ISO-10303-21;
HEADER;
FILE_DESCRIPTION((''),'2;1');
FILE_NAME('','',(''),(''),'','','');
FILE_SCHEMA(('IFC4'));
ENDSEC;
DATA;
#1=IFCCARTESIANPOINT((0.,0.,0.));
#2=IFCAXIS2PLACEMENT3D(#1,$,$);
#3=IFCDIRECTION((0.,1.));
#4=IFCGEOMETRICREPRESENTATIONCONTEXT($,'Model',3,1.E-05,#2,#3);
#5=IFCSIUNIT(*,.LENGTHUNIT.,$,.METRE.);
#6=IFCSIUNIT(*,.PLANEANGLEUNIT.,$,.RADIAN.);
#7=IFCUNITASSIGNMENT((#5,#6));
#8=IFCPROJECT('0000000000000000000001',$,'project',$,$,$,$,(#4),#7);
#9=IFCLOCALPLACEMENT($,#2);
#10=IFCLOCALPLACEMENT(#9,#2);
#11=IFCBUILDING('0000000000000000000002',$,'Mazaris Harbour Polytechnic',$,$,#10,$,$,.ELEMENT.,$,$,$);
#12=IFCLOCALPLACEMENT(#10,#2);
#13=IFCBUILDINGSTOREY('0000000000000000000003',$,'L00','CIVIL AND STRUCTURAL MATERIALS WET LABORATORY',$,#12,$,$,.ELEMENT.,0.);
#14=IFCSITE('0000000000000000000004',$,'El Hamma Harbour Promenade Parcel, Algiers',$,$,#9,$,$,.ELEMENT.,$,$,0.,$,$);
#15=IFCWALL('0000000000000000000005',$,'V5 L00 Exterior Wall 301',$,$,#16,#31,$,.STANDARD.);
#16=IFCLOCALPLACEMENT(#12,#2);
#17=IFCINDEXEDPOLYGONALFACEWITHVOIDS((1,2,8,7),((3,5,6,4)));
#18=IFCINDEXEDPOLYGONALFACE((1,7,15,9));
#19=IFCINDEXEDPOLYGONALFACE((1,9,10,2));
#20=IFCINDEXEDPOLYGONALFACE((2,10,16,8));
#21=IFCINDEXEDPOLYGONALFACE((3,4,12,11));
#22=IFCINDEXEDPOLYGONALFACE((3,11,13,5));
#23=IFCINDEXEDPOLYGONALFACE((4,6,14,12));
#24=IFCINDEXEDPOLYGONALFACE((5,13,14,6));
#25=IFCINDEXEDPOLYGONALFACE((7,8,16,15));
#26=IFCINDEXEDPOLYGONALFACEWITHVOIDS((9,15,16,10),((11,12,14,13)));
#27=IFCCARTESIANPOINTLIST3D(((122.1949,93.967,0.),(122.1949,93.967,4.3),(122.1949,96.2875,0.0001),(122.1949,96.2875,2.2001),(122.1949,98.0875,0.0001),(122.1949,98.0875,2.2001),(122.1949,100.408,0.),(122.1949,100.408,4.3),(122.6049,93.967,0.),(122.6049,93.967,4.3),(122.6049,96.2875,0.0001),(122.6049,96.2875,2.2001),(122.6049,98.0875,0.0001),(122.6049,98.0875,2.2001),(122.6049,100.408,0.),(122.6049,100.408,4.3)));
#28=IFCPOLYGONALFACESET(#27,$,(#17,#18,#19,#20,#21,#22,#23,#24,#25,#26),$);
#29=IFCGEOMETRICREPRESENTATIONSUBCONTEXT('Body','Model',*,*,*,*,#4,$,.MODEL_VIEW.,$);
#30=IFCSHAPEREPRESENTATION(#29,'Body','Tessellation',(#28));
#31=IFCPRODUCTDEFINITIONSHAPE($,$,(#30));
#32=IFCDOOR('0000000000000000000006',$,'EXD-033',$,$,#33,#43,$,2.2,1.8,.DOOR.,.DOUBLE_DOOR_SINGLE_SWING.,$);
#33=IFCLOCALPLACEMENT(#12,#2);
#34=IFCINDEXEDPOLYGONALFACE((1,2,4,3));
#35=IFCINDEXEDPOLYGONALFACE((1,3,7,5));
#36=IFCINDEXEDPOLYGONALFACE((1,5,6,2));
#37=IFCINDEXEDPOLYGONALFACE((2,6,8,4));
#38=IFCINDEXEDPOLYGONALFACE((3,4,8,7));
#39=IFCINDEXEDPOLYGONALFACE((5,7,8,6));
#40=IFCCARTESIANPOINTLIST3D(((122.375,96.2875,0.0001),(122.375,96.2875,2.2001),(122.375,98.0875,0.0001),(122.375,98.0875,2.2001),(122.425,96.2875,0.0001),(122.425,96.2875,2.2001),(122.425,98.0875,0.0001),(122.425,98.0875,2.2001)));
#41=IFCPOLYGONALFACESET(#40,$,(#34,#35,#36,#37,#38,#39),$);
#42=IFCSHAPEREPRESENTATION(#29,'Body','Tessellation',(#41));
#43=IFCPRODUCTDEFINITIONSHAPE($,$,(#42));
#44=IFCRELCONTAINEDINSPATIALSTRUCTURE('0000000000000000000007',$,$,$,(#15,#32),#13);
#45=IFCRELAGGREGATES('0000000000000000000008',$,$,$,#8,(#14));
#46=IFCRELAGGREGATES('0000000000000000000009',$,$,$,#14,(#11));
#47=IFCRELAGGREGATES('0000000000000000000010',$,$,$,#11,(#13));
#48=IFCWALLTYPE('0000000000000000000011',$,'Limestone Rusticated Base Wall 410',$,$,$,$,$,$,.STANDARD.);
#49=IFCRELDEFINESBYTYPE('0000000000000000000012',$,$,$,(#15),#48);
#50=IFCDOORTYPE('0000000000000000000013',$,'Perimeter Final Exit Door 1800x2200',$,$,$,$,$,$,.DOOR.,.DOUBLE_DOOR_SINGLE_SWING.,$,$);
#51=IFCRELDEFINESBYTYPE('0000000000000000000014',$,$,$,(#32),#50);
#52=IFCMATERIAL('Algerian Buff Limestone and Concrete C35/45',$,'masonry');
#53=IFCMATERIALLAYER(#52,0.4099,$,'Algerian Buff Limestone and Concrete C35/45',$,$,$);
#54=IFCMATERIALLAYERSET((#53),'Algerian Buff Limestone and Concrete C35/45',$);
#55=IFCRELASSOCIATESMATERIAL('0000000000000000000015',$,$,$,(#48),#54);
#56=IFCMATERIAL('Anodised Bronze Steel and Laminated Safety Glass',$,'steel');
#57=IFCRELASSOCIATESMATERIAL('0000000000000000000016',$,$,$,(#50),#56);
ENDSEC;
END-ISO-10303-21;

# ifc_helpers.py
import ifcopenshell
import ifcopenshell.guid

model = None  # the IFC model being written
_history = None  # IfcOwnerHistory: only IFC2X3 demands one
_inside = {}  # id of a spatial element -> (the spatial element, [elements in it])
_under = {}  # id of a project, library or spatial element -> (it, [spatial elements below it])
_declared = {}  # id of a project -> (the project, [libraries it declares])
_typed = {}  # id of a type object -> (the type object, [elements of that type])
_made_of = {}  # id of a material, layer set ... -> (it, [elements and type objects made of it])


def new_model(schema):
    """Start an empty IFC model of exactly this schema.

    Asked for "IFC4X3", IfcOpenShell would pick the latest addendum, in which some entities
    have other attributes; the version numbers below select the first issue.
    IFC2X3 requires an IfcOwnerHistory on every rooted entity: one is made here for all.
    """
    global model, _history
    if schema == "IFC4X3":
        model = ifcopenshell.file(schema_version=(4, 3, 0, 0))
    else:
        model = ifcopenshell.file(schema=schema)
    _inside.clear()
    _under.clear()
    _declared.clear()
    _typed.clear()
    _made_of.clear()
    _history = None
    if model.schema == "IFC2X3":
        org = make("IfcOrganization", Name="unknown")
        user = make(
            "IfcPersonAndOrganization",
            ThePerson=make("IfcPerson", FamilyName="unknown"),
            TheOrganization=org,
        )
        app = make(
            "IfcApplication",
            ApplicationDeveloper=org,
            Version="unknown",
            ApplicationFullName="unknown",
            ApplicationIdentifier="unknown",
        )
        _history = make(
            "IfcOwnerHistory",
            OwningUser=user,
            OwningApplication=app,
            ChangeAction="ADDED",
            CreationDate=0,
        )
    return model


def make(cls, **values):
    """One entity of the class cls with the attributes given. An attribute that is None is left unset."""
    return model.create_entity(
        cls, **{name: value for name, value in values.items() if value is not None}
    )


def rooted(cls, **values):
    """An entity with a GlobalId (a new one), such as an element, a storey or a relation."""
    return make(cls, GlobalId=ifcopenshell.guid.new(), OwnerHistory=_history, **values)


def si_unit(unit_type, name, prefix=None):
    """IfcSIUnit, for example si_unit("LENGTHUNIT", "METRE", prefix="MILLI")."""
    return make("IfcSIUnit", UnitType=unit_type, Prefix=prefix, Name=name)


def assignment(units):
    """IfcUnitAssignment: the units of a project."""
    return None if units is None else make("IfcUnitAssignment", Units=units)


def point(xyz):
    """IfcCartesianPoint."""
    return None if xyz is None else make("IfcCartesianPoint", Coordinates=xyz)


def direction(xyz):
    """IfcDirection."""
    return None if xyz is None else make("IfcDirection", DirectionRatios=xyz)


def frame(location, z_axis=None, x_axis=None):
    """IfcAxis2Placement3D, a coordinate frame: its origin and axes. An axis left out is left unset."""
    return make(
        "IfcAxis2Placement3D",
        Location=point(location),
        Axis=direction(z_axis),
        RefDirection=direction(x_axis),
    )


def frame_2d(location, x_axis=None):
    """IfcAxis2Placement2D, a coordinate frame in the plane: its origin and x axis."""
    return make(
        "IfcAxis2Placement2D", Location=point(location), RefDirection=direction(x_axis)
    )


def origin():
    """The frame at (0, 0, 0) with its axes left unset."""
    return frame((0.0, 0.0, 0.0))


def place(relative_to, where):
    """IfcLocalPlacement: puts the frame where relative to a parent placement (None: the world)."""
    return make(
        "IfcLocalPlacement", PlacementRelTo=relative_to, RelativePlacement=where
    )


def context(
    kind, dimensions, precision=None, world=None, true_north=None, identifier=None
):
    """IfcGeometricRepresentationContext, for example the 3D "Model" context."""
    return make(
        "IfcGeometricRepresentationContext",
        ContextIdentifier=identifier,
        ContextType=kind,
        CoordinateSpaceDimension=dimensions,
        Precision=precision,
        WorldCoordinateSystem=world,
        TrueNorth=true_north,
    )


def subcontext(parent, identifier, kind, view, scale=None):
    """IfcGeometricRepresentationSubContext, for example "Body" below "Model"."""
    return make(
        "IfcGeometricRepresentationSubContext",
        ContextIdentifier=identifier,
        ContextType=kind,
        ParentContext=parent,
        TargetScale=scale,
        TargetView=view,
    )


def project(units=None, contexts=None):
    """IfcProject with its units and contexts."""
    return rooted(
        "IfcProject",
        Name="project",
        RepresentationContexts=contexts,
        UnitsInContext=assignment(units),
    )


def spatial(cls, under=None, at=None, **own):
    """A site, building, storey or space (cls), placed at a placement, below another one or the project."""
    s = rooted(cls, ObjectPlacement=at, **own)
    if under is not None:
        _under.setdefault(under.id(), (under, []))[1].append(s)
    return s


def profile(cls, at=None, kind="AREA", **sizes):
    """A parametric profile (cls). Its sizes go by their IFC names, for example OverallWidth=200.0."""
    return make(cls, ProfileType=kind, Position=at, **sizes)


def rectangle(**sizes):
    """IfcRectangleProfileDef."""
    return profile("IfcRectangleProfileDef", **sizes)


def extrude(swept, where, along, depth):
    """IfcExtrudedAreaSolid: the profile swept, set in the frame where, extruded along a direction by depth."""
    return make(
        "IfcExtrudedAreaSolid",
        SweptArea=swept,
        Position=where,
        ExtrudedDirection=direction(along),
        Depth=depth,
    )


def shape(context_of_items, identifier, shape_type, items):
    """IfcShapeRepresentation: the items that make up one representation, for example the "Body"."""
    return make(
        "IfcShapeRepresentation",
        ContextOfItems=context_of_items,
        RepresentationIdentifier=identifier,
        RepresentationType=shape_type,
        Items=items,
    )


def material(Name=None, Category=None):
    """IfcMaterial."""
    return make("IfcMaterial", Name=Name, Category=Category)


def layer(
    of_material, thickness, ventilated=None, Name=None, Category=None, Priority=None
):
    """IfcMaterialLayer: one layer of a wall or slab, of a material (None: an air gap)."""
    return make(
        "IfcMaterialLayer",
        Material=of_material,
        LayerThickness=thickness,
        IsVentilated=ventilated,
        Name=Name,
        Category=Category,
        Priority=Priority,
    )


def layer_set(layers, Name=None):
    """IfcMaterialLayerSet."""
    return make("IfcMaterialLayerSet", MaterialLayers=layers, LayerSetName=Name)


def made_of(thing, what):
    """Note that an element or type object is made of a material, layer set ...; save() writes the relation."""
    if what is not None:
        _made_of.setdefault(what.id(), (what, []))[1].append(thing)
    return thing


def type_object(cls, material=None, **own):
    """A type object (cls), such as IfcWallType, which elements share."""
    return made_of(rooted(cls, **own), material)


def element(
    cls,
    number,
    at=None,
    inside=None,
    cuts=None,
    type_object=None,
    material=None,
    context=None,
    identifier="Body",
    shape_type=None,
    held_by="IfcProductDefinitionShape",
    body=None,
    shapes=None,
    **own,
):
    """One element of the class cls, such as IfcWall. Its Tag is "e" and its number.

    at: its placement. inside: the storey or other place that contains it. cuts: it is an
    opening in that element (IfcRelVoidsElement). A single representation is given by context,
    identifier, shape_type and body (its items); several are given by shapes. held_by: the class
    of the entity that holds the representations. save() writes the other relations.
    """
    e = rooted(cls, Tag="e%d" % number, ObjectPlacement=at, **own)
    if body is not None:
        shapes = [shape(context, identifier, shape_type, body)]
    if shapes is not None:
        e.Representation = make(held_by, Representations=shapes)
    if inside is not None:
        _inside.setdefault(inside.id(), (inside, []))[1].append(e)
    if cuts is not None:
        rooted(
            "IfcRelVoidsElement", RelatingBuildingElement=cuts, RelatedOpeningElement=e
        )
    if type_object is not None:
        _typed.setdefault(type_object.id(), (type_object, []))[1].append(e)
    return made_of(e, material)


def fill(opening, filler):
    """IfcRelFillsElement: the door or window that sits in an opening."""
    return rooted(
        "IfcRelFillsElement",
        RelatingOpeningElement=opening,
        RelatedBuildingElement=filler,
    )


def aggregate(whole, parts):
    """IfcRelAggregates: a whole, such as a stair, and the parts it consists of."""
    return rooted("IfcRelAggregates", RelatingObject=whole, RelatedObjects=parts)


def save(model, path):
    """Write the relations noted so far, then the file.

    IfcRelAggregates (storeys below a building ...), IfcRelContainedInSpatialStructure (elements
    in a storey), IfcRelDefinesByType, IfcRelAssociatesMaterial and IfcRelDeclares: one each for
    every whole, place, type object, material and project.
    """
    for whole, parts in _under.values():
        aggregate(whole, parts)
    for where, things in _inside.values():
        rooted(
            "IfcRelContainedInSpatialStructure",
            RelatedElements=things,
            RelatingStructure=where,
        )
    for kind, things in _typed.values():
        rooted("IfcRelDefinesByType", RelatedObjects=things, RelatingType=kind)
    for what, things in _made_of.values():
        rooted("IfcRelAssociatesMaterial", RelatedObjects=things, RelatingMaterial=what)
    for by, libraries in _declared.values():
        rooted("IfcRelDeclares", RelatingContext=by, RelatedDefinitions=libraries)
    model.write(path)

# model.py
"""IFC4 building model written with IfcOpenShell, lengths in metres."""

from ifc_helpers import new_model, si_unit, direction, frame, frame_2d, origin, place, context, subcontext, project, spatial, rectangle, extrude, material, layer, layer_set, type_object, element, fill, save


model = new_model("IFC4")

# Units and contexts
model_context = context("Model", 3, precision=1e-05, world=origin(), true_north=direction((0.0, 1.0)))
body_context = subcontext(model_context, "Body", "Model", "MODEL_VIEW")
ifc_project = project(units=[si_unit("LENGTHUNIT", "METRE"), si_unit("PLANEANGLEUNIT", "RADIAN")], contexts=[model_context])

# Site, building, storey
site_placement = place(None, origin())
site = spatial("IfcSite", under=ifc_project, at=site_placement, Name="El Hamma Harbour Promenade Parcel, Algiers", CompositionType="ELEMENT", RefElevation=0.0)
building_placement = place(site_placement, origin())
building = spatial("IfcBuilding", under=site, at=building_placement, Name="Mazaris Harbour Polytechnic", CompositionType="ELEMENT")
storey_placement = place(building_placement, origin())
storey = spatial("IfcBuildingStorey", under=building, at=storey_placement, Name="L00", Description="CIVIL AND STRUCTURAL MATERIALS WET LABORATORY", CompositionType="ELEMENT", Elevation=0.0)

# Wall, opening, door
ifc_material_1 = material(Name="Algerian Buff Limestone and Concrete C35/45", Category="masonry")
ifc_layer_1 = layer(ifc_material_1, 0.4099, Name="Algerian Buff Limestone and Concrete C35/45")
ifc_layer_set_1 = layer_set([ifc_layer_1], Name="Algerian Buff Limestone and Concrete C35/45")
wall_type_1 = type_object("IfcWallType", Name="Limestone Rusticated Base Wall 410", PredefinedType="STANDARD", material=ifc_layer_set_1)
wall_1_placement = place(storey_placement, frame((122.3999, 93.967, 0.0), z_axis=(0.0, 0.0, 1.0), x_axis=(0.0, 1.0, 0.0)))
wall_1 = element("IfcWall", 1, at=wall_1_placement, inside=storey, type_object=wall_type_1, Name="V5 L00 Exterior Wall 301", PredefinedType="STANDARD", context=body_context, shape_type="SweptSolid", body=[
    extrude(rectangle(XDim=6.4409, YDim=0.4099, at=frame_2d((3.2205, 0.0))), origin(), (0.0, 0.0, 1.0), 4.3),
])
opening_placement = place(wall_1_placement, frame((2.3206, 0.0, 0.0)))
opening = element("IfcOpeningElement", 2, at=opening_placement, cuts=wall_1, PredefinedType="OPENING", context=body_context, shape_type="SweptSolid", body=[
    extrude(rectangle(XDim=1.8, YDim=2.2, at=frame_2d((0.8999, 1.1001))), frame((0.0, 0.2148, 0.0), z_axis=(0.0, -1.0, 0.0), x_axis=(1.0, 0.0, 0.0)), (0.0, 0.0, 1.0), 0.4299),
])
ifc_material_2 = material(Name="Anodised Bronze Steel and Laminated Safety Glass", Category="steel")
door_type = type_object("IfcDoorType", Name="Perimeter Final Exit Door 1800x2200", OperationType="DOUBLE_DOOR_SINGLE_SWING", PredefinedType="DOOR", material=ifc_material_2)
door_placement = place(opening_placement, origin())
door = element("IfcDoor", 3, at=door_placement, inside=storey, type_object=door_type, Name="EXD-033", OperationType="DOUBLE_DOOR_SINGLE_SWING", OverallHeight=2.2, OverallWidth=1.8, PredefinedType="DOOR", context=body_context, shape_type="SweptSolid", body=[
    extrude(rectangle(XDim=1.8, YDim=2.2, at=frame_2d((0.8999, 1.1001))), frame((0.0, 0.0249, 0.0), z_axis=(0.0, -1.0, 0.0), x_axis=(1.0, 0.0, 0.0)), (0.0, 0.0, 1.0), 0.05),
])
fill(opening, door)

save(model, "model.ifc")
